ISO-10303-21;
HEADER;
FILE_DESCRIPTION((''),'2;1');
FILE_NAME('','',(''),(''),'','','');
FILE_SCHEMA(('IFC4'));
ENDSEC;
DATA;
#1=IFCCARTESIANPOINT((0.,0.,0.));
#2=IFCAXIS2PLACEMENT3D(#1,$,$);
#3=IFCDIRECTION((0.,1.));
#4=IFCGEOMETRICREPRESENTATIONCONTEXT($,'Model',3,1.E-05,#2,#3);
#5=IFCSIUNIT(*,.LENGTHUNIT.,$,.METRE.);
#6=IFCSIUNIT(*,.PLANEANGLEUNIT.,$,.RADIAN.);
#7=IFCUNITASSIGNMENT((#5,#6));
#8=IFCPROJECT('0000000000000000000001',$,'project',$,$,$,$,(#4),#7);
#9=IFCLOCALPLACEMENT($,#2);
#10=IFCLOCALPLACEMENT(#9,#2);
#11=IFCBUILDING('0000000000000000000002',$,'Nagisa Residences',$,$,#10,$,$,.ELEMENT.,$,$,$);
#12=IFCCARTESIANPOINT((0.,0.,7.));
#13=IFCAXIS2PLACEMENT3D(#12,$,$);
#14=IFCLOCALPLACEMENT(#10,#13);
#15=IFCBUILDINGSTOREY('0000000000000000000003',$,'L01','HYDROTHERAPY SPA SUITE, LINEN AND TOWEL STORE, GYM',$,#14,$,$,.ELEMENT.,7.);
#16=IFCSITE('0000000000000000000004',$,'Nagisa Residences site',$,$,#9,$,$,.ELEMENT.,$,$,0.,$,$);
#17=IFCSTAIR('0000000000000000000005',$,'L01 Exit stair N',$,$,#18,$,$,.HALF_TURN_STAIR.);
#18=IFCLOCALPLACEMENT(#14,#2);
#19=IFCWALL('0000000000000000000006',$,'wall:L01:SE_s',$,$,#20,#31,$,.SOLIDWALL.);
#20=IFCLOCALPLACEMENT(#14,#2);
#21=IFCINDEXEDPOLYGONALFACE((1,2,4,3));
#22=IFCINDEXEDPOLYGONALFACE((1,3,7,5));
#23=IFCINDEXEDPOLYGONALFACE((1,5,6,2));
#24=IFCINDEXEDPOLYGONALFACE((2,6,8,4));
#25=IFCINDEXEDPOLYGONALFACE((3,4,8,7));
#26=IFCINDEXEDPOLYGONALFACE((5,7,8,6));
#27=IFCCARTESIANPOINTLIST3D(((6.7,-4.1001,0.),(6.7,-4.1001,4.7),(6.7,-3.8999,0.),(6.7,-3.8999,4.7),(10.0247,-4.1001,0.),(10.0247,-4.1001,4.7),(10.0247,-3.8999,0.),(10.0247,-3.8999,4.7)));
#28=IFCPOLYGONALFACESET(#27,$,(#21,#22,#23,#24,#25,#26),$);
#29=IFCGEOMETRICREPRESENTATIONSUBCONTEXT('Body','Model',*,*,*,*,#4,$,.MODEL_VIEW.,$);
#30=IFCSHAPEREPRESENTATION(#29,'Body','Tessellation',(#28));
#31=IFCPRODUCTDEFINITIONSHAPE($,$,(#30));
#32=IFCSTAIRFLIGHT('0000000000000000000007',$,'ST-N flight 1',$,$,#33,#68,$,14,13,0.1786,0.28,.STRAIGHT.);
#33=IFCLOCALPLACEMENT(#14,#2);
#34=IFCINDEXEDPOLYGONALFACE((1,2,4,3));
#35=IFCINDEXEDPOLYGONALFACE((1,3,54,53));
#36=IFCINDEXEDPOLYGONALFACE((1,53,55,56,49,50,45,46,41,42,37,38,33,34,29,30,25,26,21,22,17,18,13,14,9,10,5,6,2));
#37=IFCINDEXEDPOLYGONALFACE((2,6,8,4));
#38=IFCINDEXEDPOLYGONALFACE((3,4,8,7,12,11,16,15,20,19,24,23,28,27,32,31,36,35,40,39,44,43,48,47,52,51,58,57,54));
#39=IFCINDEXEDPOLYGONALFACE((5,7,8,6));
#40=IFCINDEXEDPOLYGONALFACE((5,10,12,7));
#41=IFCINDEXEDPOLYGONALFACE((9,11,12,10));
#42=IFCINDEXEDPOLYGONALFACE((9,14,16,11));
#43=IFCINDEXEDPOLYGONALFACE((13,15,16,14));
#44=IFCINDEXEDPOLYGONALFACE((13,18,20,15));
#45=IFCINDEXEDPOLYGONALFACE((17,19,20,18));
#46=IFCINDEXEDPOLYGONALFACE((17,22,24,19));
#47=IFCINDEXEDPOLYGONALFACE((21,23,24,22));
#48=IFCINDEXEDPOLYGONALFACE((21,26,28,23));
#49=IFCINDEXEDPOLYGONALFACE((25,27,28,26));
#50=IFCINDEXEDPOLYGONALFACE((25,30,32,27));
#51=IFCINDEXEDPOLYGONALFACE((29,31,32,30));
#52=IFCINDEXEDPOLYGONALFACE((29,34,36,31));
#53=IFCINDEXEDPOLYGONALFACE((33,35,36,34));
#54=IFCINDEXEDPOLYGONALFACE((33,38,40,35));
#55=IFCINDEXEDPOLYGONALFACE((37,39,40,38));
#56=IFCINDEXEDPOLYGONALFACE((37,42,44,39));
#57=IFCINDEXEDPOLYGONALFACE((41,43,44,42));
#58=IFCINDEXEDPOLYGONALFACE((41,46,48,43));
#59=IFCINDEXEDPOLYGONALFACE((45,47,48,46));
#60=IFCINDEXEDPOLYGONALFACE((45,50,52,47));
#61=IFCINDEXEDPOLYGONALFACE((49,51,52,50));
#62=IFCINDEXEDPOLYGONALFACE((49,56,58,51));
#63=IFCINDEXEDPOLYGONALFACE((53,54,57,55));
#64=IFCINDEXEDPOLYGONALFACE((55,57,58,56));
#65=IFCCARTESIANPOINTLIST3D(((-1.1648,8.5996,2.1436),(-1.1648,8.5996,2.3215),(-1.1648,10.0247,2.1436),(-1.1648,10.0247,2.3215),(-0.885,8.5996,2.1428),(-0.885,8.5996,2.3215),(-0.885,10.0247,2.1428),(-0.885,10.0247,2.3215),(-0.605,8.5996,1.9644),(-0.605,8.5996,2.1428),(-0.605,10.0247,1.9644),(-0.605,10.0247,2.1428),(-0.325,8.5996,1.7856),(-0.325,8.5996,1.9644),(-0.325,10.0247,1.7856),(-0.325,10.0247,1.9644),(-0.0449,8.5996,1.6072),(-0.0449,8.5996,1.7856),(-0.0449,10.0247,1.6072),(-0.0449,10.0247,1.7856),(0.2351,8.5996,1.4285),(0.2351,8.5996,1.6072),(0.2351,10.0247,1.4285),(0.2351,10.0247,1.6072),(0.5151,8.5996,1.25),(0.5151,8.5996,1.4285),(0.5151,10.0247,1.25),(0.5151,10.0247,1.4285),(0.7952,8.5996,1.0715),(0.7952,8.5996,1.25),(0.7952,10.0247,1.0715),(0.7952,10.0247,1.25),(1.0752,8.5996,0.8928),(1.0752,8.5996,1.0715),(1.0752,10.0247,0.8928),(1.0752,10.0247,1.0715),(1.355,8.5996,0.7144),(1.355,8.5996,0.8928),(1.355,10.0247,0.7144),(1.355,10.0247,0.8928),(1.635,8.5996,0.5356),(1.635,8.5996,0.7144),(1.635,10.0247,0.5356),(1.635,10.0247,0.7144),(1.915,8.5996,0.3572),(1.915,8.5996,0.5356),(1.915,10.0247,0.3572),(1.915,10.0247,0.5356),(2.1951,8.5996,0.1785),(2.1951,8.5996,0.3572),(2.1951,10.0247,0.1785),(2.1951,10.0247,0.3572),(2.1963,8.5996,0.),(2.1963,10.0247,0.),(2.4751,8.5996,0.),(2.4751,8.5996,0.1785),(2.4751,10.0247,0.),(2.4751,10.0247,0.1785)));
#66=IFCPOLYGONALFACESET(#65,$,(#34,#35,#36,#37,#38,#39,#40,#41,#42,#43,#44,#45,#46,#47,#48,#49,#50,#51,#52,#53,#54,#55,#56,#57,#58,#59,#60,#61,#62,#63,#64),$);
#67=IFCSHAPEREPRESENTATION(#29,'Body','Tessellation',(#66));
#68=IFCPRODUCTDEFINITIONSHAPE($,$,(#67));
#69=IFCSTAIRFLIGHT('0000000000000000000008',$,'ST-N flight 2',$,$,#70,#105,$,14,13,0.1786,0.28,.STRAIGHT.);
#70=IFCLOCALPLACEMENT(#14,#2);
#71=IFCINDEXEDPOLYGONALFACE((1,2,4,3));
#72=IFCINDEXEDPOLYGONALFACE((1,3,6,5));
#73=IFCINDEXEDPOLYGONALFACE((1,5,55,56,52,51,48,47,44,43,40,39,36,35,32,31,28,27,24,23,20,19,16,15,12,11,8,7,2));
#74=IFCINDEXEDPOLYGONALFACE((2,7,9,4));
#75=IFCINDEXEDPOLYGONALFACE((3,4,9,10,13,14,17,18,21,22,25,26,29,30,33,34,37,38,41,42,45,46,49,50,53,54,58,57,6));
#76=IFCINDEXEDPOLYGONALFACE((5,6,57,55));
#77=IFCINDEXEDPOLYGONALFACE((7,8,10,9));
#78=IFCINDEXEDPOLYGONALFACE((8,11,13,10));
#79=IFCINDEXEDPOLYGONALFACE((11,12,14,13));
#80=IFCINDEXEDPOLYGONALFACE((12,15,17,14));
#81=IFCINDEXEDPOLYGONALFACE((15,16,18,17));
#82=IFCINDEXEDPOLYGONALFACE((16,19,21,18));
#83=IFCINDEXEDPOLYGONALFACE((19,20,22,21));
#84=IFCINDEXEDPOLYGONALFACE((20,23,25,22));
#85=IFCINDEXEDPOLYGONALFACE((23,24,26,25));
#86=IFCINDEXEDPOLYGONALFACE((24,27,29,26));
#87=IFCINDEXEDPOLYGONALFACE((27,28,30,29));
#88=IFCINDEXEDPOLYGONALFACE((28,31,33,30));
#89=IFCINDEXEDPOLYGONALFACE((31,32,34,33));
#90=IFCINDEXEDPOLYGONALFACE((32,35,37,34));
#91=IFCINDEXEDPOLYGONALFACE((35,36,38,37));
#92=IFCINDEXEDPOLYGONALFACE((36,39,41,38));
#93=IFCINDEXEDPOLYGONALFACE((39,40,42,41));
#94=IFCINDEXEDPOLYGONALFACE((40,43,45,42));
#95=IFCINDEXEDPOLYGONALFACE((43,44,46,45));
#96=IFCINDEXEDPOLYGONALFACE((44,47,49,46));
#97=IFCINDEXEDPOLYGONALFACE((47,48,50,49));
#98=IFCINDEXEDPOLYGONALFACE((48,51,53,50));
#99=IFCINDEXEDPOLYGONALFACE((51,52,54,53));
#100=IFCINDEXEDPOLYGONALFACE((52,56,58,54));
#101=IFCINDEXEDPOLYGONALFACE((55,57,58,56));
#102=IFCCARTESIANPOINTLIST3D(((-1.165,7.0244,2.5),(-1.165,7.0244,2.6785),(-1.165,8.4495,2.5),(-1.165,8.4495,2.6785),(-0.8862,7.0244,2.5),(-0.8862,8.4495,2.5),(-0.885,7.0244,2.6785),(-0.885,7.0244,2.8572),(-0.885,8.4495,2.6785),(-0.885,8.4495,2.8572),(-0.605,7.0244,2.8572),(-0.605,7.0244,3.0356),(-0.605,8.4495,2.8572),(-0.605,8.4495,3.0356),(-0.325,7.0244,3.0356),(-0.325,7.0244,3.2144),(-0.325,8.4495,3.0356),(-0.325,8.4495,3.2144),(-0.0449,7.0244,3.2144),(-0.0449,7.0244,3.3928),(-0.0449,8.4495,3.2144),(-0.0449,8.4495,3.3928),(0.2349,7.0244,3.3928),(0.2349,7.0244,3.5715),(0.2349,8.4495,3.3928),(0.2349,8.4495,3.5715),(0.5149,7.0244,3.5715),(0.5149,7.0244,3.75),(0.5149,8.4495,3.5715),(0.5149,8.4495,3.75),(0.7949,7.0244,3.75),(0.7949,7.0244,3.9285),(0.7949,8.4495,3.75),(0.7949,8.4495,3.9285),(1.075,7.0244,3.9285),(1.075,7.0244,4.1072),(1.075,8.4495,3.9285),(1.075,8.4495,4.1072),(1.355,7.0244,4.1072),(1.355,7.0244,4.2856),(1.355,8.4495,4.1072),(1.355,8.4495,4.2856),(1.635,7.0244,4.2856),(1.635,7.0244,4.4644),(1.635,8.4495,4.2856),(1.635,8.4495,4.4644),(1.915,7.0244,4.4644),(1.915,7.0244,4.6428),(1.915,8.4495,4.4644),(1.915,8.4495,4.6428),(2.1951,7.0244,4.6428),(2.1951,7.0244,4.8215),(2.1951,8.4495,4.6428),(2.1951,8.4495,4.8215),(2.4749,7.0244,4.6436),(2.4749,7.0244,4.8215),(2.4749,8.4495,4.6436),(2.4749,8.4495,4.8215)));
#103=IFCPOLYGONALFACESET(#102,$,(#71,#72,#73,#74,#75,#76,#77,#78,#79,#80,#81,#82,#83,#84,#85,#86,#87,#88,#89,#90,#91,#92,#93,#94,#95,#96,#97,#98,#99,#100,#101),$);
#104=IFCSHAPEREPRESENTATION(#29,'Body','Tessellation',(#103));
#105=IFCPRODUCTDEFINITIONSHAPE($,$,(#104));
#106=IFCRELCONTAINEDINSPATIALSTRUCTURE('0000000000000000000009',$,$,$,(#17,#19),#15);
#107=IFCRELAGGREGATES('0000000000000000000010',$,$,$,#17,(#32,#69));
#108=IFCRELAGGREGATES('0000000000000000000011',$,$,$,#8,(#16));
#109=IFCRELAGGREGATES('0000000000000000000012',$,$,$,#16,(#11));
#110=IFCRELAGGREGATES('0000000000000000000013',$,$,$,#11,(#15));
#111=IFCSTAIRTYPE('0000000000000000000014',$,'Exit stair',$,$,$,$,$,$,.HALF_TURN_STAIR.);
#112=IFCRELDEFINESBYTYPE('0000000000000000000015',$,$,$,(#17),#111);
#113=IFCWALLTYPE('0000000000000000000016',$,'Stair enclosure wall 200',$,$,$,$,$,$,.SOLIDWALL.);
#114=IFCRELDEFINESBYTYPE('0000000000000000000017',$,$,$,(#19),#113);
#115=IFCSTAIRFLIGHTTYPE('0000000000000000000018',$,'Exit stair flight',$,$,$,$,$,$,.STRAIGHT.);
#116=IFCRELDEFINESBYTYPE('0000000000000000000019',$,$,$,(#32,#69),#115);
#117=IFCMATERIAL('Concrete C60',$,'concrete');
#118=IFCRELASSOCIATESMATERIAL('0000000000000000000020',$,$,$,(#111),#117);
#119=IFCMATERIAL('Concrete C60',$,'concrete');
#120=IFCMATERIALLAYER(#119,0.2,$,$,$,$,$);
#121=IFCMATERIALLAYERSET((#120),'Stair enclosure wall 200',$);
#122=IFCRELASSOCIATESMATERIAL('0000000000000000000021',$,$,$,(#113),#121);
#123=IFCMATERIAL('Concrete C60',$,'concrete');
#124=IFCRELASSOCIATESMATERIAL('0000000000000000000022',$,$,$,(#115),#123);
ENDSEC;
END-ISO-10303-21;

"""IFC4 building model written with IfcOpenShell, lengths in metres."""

from ifc_helpers import new_model, si_unit, direction, frame, origin, place, context, subcontext, project, spatial, polyline, outline, extrude, material, layer, layer_set, type_object, element, aggregate, save


model = new_model("IFC4")

# Units and contexts
model_context = context("Model", 3, precision=1e-05, world=origin(), true_north=direction((0.0, 1.0)))
body_context = subcontext(model_context, "Body", "Model", "MODEL_VIEW")
ifc_project = project(units=[si_unit("LENGTHUNIT", "METRE"), si_unit("PLANEANGLEUNIT", "RADIAN")], contexts=[model_context])

# Site, building, storey
site_placement = place(None, origin())
site = spatial("IfcSite", under=ifc_project, at=site_placement, Name="Nagisa Residences site", CompositionType="ELEMENT", RefElevation=0.0)
building_placement = place(site_placement, origin())
building = spatial("IfcBuilding", under=site, at=building_placement, Name="Nagisa Residences", CompositionType="ELEMENT")
storey_placement = place(building_placement, frame((0.0, 0.0, 7.0)))
storey = spatial("IfcBuildingStorey", under=building, at=storey_placement, Name="L01", Description="HYDROTHERAPY SPA SUITE, LINEN AND TOWEL STORE, GYM", CompositionType="ELEMENT", Elevation=7.0)

# Stair
ifc_material_1 = material(Name="Concrete C60", Category="concrete")
stair_type = type_object("IfcStairType", Name="Exit stair", PredefinedType="HALF_TURN_STAIR", material=ifc_material_1)
stair_1_placement = place(storey_placement, origin())
stair_1 = element("IfcStair", 1, at=stair_1_placement, inside=storey, type_object=stair_type, Name="L01 Exit stair N", PredefinedType="HALF_TURN_STAIR")

# Wall
ifc_material_2 = material(Name="Concrete C60", Category="concrete")
ifc_layer_1 = layer(ifc_material_2, 0.2)
ifc_layer_set_1 = layer_set([ifc_layer_1], Name="Stair enclosure wall 200")
wall_type_1 = type_object("IfcWallType", Name="Stair enclosure wall 200", PredefinedType="SOLIDWALL", material=ifc_layer_set_1)
wall_1_placement = place(storey_placement, origin())
element("IfcWall", 2, at=wall_1_placement, inside=storey, type_object=wall_type_1, Name="wall:L01:SE_s", PredefinedType="SOLIDWALL", context=body_context, shape_type="SweptSolid", body=[
    extrude(outline(polyline([(10.0247, -4.1001), (6.7, -4.1001), (6.7, -3.8999), (10.0247, -3.8999), (10.0247, -4.1001)])), origin(), (0.0, 0.0, 1.0), 4.7),
])

# Stair flights
ifc_material_3 = material(Name="Concrete C60", Category="concrete")
stair_flight_type = type_object("IfcStairFlightType", Name="Exit stair flight", PredefinedType="STRAIGHT", material=ifc_material_3)
stair_flight_1_placement = place(storey_placement, frame((2.4751, 9.312, 0.0), z_axis=(0.0, 0.0, 1.0), x_axis=(-1.0, 0.0, 0.0)))
stair_flight_1 = element("IfcStairFlight", 3, at=stair_flight_1_placement, type_object=stair_flight_type, Name="ST-N flight 1", NumberOfRisers=14, NumberOfTreads=13, PredefinedType="STRAIGHT", RiserHeight=0.1786, TreadLength=0.28, context=body_context, shape_type="SweptSolid", body=[
    extrude(outline(polyline([(0.0, 0.0), (0.0, 0.1785), (0.28, 0.1785), (0.28, 0.3572), (0.5601, 0.3572), (0.5601, 0.5356), (0.8401, 0.5356), (0.8401, 0.7144), (1.1201, 0.7144), (1.1201, 0.8928), (1.3999, 0.8928), (1.3999, 1.0715), (1.6799, 1.0715), (1.6799, 1.25), (1.96, 1.25), (1.96, 1.4285), (2.24, 1.4285), (2.24, 1.6072), (2.52, 1.6072), (2.52, 1.7856), (2.8, 1.7856), (2.8, 1.9644), (3.0801, 1.9644), (3.0801, 2.1428), (3.3601, 2.1428), (3.3601, 2.3215), (3.6399, 2.3215), (3.6399, 2.5), (3.6399, 2.1436), (0.2788, 0.0), (0.0, 0.0)])), frame((0.0, 0.7124, 0.0), z_axis=(0.0, -1.0, 0.0), x_axis=(1.0, 0.0, 0.0)), (0.0, 0.0, 1.0), 1.425),
])
stair_flight_2_placement = place(storey_placement, frame((-1.165, 7.7371, 2.5), z_axis=(0.0, 0.0, 1.0), x_axis=(1.0, 0.0, 0.0)))
stair_flight_2 = element("IfcStairFlight", 4, at=stair_flight_2_placement, type_object=stair_flight_type, Name="ST-N flight 2", NumberOfRisers=14, NumberOfTreads=13, PredefinedType="STRAIGHT", RiserHeight=0.1786, TreadLength=0.28, context=body_context, shape_type="SweptSolid", body=[
    extrude(outline(polyline([(0.0, 0.0), (0.0, 0.1785), (0.28, 0.1785), (0.28, 0.3572), (0.5601, 0.3572), (0.5601, 0.5356), (0.8401, 0.5356), (0.8401, 0.7144), (1.1201, 0.7144), (1.1201, 0.8928), (1.3999, 0.8928), (1.3999, 1.0715), (1.6799, 1.0715), (1.6799, 1.25), (1.96, 1.25), (1.96, 1.4285), (2.24, 1.4285), (2.24, 1.6072), (2.52, 1.6072), (2.52, 1.7856), (2.8, 1.7856), (2.8, 1.9644), (3.0801, 1.9644), (3.0801, 2.1428), (3.3601, 2.1428), (3.3601, 2.3215), (3.6399, 2.3215), (3.6399, 2.5), (3.6399, 2.1436), (0.2788, 0.0), (0.0, 0.0)])), frame((0.0, 0.7124, 0.0), z_axis=(0.0, -1.0, 0.0), x_axis=(1.0, 0.0, 0.0)), (0.0, 0.0, 1.0), 1.425),
])
aggregate(stair_1, [stair_flight_1, stair_flight_2])

save(model, "model.ifc")
